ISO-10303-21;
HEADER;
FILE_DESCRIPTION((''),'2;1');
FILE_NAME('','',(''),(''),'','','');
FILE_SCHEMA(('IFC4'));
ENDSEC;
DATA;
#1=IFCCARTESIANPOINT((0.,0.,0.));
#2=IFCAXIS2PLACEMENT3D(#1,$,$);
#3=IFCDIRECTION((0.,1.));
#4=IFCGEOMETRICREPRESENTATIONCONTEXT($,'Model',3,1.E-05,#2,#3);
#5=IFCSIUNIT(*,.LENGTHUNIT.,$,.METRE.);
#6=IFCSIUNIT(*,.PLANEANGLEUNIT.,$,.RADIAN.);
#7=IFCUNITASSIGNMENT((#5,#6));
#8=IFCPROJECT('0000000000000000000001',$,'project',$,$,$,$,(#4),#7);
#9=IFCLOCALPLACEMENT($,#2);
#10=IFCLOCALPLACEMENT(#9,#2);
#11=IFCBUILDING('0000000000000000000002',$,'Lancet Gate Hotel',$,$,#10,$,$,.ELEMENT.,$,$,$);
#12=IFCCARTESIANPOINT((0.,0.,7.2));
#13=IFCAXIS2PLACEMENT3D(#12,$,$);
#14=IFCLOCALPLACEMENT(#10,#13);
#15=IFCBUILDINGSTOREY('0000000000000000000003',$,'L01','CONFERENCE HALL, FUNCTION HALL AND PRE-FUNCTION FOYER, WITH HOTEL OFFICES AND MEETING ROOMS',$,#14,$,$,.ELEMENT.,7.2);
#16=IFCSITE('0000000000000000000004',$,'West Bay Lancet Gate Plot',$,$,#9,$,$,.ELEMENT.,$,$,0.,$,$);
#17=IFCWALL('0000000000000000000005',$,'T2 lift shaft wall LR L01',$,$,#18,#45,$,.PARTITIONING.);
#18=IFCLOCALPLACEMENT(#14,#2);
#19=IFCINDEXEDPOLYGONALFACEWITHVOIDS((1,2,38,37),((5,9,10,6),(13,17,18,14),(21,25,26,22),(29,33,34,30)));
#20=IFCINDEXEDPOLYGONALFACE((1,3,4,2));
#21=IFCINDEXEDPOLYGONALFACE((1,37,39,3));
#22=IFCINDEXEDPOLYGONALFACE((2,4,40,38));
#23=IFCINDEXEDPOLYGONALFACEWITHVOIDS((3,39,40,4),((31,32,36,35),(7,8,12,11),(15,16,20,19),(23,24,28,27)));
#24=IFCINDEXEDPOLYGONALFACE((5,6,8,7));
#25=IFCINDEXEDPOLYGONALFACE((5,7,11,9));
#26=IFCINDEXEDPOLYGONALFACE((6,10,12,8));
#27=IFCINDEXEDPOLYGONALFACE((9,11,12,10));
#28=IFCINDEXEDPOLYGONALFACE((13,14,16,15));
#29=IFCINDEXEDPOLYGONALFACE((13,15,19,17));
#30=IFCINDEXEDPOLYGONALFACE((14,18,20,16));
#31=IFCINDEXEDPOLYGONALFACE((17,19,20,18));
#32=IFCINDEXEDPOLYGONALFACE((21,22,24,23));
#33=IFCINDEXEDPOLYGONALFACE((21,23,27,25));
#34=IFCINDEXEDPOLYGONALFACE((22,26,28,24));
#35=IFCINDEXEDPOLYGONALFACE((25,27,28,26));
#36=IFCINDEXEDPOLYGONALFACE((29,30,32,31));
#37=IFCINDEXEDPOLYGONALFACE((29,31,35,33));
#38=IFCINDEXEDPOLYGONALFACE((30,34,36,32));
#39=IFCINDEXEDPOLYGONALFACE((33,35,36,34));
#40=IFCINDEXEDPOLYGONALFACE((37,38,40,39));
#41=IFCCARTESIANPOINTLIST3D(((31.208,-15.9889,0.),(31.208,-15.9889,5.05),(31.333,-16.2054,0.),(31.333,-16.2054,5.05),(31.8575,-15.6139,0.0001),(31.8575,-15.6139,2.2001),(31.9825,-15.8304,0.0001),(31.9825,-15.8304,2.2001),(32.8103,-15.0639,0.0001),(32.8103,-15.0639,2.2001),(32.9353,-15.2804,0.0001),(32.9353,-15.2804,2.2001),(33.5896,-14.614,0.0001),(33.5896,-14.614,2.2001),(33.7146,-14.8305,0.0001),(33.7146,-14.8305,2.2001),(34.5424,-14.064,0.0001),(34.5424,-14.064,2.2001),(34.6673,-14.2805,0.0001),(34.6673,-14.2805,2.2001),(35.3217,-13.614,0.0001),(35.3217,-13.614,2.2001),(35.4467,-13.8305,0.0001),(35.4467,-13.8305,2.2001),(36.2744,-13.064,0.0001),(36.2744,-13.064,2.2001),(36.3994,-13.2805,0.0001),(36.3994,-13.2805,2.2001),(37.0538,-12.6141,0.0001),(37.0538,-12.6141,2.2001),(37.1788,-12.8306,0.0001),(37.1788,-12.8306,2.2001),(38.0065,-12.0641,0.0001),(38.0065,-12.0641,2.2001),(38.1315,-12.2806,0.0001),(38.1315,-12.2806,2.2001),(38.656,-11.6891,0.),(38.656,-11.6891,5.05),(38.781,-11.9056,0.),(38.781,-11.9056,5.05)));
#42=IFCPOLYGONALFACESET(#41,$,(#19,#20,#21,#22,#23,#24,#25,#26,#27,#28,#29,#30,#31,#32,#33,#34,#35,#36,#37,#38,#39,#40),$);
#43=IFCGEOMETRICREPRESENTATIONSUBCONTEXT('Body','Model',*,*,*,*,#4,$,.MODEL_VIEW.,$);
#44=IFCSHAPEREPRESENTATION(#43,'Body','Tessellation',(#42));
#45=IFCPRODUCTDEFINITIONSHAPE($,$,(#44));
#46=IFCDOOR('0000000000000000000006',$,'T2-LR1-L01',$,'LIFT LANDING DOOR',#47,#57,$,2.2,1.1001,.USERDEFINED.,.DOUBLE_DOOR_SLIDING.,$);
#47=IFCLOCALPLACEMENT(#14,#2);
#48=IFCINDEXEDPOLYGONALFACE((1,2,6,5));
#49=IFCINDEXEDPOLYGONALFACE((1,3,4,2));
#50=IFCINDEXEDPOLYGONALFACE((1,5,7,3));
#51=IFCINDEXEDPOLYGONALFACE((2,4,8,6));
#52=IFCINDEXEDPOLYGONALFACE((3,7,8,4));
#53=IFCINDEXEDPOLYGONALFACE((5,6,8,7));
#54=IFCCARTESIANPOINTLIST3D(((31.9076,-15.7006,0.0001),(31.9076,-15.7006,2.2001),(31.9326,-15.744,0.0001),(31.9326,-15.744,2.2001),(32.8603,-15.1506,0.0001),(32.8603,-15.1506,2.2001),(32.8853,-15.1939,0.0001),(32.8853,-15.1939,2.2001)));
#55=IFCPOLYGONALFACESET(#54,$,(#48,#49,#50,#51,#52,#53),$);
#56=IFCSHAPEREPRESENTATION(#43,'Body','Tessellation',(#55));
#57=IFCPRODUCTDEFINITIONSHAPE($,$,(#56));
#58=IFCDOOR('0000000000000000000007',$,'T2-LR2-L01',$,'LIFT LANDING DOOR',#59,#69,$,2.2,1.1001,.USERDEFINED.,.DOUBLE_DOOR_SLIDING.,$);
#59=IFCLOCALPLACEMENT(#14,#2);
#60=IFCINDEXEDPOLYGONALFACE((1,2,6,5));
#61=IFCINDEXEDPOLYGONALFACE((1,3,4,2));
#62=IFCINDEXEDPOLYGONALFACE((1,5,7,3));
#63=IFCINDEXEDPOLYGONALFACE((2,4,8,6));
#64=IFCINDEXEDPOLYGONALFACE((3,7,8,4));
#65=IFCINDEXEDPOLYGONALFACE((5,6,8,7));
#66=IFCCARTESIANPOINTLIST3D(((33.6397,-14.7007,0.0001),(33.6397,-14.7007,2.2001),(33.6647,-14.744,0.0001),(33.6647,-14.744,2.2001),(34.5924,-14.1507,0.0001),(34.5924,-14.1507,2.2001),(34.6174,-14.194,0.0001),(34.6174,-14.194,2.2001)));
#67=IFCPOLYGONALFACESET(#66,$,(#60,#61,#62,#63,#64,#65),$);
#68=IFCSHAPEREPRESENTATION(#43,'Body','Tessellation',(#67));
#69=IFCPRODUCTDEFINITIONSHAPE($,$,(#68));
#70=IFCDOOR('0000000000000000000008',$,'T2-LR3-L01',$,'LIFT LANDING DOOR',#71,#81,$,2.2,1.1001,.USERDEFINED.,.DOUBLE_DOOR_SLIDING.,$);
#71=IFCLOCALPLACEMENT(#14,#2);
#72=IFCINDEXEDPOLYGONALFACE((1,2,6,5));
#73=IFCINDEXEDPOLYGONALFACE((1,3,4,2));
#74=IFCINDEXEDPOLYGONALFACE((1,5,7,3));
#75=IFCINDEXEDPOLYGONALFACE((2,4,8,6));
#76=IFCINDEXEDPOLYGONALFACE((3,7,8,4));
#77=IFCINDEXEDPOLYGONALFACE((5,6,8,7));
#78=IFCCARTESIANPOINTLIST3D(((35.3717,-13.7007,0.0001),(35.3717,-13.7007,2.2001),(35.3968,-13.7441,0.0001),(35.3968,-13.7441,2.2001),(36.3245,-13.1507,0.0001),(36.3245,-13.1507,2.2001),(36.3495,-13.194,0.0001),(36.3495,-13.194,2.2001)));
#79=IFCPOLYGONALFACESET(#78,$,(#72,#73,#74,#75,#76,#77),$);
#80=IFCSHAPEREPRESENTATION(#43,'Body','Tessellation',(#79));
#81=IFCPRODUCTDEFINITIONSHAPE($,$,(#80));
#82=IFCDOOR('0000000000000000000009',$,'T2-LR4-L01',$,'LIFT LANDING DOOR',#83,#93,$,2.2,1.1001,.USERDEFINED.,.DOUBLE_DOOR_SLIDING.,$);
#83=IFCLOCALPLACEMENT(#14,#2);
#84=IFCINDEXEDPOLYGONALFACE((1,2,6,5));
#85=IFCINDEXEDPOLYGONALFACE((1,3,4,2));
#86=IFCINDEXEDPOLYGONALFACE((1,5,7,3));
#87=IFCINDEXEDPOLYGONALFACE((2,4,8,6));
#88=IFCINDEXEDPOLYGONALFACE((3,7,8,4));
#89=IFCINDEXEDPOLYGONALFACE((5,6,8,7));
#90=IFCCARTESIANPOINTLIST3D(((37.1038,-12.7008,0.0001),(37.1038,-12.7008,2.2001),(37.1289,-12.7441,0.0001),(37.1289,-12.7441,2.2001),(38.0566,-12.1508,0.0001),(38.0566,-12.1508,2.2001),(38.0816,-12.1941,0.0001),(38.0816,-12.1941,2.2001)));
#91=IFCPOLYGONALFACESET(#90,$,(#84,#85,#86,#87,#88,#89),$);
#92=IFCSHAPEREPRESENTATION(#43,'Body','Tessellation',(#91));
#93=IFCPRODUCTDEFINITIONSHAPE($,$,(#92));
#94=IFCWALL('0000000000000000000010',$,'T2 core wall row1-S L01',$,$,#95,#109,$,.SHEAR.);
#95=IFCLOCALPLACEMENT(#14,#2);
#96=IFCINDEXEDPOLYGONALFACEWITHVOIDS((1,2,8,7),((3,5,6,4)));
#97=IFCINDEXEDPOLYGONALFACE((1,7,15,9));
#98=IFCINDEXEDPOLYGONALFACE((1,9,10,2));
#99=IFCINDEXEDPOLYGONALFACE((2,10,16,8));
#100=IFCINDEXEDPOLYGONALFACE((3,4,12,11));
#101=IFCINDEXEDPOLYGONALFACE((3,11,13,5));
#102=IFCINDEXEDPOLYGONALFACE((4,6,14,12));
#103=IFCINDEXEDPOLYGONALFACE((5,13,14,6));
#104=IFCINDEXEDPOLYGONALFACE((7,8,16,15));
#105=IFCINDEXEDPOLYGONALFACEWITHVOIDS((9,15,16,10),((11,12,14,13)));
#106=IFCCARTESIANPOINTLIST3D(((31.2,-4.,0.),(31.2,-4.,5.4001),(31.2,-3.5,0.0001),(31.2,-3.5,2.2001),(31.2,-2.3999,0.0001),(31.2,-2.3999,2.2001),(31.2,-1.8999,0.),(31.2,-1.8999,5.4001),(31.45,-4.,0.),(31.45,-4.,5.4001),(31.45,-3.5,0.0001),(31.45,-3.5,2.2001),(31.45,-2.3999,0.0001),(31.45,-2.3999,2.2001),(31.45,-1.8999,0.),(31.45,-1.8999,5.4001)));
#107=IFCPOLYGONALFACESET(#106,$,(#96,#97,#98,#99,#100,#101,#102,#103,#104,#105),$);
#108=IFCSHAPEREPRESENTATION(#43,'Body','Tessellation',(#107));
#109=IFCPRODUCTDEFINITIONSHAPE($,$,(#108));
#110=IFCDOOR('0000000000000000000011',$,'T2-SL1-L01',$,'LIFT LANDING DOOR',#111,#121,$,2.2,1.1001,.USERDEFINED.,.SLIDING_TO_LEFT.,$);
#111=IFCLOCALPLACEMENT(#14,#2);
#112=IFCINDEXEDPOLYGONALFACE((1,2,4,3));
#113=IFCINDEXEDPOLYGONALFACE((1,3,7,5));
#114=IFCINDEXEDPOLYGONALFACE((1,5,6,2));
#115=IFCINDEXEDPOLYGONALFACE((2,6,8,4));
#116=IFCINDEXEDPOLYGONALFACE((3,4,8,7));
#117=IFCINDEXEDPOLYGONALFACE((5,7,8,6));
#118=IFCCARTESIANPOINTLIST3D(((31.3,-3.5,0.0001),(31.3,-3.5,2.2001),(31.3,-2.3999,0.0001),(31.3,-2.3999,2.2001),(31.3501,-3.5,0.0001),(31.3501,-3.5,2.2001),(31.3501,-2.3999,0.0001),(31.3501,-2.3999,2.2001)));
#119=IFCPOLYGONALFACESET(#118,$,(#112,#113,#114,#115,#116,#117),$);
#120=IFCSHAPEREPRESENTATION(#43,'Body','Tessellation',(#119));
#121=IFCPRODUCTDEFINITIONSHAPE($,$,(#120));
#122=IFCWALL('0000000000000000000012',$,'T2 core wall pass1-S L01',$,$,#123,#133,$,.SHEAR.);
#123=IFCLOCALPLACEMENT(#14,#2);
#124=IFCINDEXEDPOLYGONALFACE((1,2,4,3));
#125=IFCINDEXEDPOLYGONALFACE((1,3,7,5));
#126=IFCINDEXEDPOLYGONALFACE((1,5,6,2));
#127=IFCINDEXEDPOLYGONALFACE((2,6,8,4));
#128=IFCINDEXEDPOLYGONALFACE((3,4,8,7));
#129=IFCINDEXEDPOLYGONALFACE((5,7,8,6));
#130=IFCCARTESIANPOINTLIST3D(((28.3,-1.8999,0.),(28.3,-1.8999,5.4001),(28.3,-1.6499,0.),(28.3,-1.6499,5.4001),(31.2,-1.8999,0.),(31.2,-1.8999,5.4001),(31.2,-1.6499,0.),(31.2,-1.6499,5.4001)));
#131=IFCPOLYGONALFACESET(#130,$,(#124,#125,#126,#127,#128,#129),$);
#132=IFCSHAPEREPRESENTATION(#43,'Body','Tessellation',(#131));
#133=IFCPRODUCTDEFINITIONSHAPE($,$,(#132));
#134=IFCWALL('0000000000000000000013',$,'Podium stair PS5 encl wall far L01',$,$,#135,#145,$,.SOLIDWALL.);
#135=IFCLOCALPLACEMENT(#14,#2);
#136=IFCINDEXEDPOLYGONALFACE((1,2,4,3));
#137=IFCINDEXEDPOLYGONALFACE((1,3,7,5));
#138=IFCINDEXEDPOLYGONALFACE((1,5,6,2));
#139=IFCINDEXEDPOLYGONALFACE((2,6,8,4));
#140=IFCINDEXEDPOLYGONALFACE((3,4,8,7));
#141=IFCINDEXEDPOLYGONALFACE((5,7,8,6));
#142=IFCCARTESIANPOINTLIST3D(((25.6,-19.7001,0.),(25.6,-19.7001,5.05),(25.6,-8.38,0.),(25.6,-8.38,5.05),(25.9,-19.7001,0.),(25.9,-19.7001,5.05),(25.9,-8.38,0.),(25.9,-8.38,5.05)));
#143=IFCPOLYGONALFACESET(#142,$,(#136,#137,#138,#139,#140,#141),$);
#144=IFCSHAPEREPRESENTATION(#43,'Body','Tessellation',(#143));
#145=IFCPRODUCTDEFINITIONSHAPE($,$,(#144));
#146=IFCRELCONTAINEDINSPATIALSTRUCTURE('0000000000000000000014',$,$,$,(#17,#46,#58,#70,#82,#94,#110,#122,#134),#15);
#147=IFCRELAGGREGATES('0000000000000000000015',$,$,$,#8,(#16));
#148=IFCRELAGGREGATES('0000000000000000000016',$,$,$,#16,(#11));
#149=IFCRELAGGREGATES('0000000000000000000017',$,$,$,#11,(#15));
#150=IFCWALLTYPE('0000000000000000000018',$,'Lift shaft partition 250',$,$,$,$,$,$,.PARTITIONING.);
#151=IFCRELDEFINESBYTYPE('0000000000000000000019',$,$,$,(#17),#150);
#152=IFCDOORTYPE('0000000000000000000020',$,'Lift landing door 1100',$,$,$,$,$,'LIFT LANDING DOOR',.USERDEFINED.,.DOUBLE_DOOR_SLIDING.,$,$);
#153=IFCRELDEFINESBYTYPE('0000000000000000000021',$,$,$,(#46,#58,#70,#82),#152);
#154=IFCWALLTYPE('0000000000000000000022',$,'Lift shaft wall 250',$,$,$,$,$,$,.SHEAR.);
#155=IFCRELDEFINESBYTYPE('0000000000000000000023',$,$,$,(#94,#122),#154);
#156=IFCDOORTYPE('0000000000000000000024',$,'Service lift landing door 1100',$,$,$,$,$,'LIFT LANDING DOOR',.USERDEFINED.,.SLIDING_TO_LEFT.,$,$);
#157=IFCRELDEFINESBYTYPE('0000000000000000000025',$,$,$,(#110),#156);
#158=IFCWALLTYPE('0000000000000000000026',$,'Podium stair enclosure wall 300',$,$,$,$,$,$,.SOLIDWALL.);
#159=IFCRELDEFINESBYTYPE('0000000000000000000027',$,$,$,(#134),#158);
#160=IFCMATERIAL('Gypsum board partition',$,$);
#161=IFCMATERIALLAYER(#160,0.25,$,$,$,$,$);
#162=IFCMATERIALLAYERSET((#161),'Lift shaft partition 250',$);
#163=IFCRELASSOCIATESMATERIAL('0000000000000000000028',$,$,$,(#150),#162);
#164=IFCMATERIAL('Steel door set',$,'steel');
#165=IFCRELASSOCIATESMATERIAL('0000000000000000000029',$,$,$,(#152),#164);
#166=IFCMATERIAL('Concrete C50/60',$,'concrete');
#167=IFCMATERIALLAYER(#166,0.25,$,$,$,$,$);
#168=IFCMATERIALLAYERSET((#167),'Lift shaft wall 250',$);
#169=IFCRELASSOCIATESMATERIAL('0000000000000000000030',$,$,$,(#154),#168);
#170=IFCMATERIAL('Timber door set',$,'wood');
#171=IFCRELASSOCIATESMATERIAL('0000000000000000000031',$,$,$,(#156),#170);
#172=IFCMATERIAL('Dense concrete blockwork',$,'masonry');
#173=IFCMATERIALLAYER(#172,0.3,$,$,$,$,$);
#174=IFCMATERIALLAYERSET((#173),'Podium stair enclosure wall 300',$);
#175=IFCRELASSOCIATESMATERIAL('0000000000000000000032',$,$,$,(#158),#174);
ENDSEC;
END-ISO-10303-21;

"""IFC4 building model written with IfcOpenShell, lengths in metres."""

from ifc_helpers import new_model, si_unit, direction, frame, frame_2d, origin, place, context, subcontext, project, spatial, rectangle, extrude, material, layer, layer_set, type_object, element, fill, save


model = new_model("IFC4")

# Units and contexts
model_context = context("Model", 3, precision=1e-05, world=origin(), true_north=direction((0.0, 1.0)))
body_context = subcontext(model_context, "Body", "Model", "MODEL_VIEW")
ifc_project = project(units=[si_unit("LENGTHUNIT", "METRE"), si_unit("PLANEANGLEUNIT", "RADIAN")], contexts=[model_context])

# Site, building, storey
site_placement = place(None, origin())
site = spatial("IfcSite", under=ifc_project, at=site_placement, Name="West Bay Lancet Gate Plot", CompositionType="ELEMENT", RefElevation=0.0)
building_placement = place(site_placement, origin())
building = spatial("IfcBuilding", under=site, at=building_placement, Name="Lancet Gate Hotel", CompositionType="ELEMENT")
storey_placement = place(building_placement, frame((0.0, 0.0, 7.2)))
storey = spatial("IfcBuildingStorey", under=building, at=storey_placement, Name="L01", Description="CONFERENCE HALL, FUNCTION HALL AND PRE-FUNCTION FOYER, WITH HOTEL OFFICES AND MEETING ROOMS", CompositionType="ELEMENT", Elevation=7.2)

# Wall, openings, doors
ifc_material_1 = material(Name="Gypsum board partition")
ifc_layer_1 = layer(ifc_material_1, 0.25)
ifc_layer_set_1 = layer_set([ifc_layer_1], Name="Lift shaft partition 250")
wall_type_1 = type_object("IfcWallType", Name="Lift shaft partition 250", PredefinedType="PARTITIONING", material=ifc_layer_set_1)
wall_1_placement = place(storey_placement, frame((31.2705, -16.0972, 0.0), z_axis=(0.0, 0.0, 1.0), x_axis=(0.86604, 0.499974, 0.0)))
wall_1 = element("IfcWall", 1, at=wall_1_placement, inside=storey, type_object=wall_type_1, Name="T2 lift shaft wall LR L01", PredefinedType="PARTITIONING", context=body_context, shape_type="SweptSolid", body=[
    extrude(rectangle(XDim=8.6001, YDim=0.25, at=frame_2d((4.3, 0.0))), origin(), (0.0, 0.0, 1.0), 5.05),
])
opening_1_placement = place(wall_1_placement, frame((0.75, 0.0, 0.0)))
opening_1 = element("IfcOpeningElement", 2, at=opening_1_placement, cuts=wall_1, PredefinedType="OPENING", context=body_context, shape_type="SweptSolid", body=[
    extrude(rectangle(XDim=1.1001, YDim=2.2, at=frame_2d((0.55, 1.1001))), frame((0.0, 0.135, 0.0), z_axis=(0.0, -1.0, 0.0), x_axis=(1.0, 0.0, 0.0)), (0.0, 0.0, 1.0), 0.27),
])
opening_2_placement = place(wall_1_placement, frame((2.75, 0.0, 0.0)))
opening_2 = element("IfcOpeningElement", 3, at=opening_2_placement, cuts=wall_1, PredefinedType="OPENING", context=body_context, shape_type="SweptSolid", body=[
    extrude(rectangle(XDim=1.1001, YDim=2.2, at=frame_2d((0.55, 1.1001))), frame((0.0, 0.135, 0.0), z_axis=(0.0, -1.0, 0.0), x_axis=(1.0, 0.0, 0.0)), (0.0, 0.0, 1.0), 0.27),
])
opening_3_placement = place(wall_1_placement, frame((4.75, 0.0, 0.0)))
opening_3 = element("IfcOpeningElement", 4, at=opening_3_placement, cuts=wall_1, PredefinedType="OPENING", context=body_context, shape_type="SweptSolid", body=[
    extrude(rectangle(XDim=1.1001, YDim=2.2, at=frame_2d((0.55, 1.1001))), frame((0.0, 0.135, 0.0), z_axis=(0.0, -1.0, 0.0), x_axis=(1.0, 0.0, 0.0)), (0.0, 0.0, 1.0), 0.27),
])
opening_4_placement = place(wall_1_placement, frame((6.75, 0.0, 0.0)))
opening_4 = element("IfcOpeningElement", 5, at=opening_4_placement, cuts=wall_1, PredefinedType="OPENING", context=body_context, shape_type="SweptSolid", body=[
    extrude(rectangle(XDim=1.1001, YDim=2.2, at=frame_2d((0.55, 1.1001))), frame((0.0, 0.135, 0.0), z_axis=(0.0, -1.0, 0.0), x_axis=(1.0, 0.0, 0.0)), (0.0, 0.0, 1.0), 0.27),
])
ifc_material_2 = material(Name="Steel door set", Category="steel")
door_type_1 = type_object("IfcDoorType", Name="Lift landing door 1100", ElementType="LIFT LANDING DOOR", OperationType="DOUBLE_DOOR_SLIDING", PredefinedType="USERDEFINED", material=ifc_material_2)
door_1_placement = place(opening_1_placement, origin())
door_1 = element("IfcDoor", 6, at=door_1_placement, inside=storey, type_object=door_type_1, Name="T2-LR1-L01", ObjectType="LIFT LANDING DOOR", OperationType="DOUBLE_DOOR_SLIDING", OverallHeight=2.2, OverallWidth=1.1001, PredefinedType="USERDEFINED", context=body_context, shape_type="SweptSolid", body=[
    extrude(rectangle(XDim=1.1001, YDim=2.2, at=frame_2d((0.55, 1.1001))), frame((0.0, 0.0249, 0.0), z_axis=(0.0, -1.0, 0.0), x_axis=(1.0, 0.0, 0.0)), (0.0, 0.0, 1.0), 0.05),
])
fill(opening_1, door_1)
door_2_placement = place(opening_2_placement, origin())
door_2 = element("IfcDoor", 7, at=door_2_placement, inside=storey, type_object=door_type_1, Name="T2-LR2-L01", ObjectType="LIFT LANDING DOOR", OperationType="DOUBLE_DOOR_SLIDING", OverallHeight=2.2, OverallWidth=1.1001, PredefinedType="USERDEFINED", context=body_context, shape_type="SweptSolid", body=[
    extrude(rectangle(XDim=1.1001, YDim=2.2, at=frame_2d((0.55, 1.1001))), frame((0.0, 0.0249, 0.0), z_axis=(0.0, -1.0, 0.0), x_axis=(1.0, 0.0, 0.0)), (0.0, 0.0, 1.0), 0.05),
])
fill(opening_2, door_2)
door_3_placement = place(opening_3_placement, origin())
door_3 = element("IfcDoor", 8, at=door_3_placement, inside=storey, type_object=door_type_1, Name="T2-LR3-L01", ObjectType="LIFT LANDING DOOR", OperationType="DOUBLE_DOOR_SLIDING", OverallHeight=2.2, OverallWidth=1.1001, PredefinedType="USERDEFINED", context=body_context, shape_type="SweptSolid", body=[
    extrude(rectangle(XDim=1.1001, YDim=2.2, at=frame_2d((0.55, 1.1001))), frame((0.0, 0.0249, 0.0), z_axis=(0.0, -1.0, 0.0), x_axis=(1.0, 0.0, 0.0)), (0.0, 0.0, 1.0), 0.05),
])
fill(opening_3, door_3)
door_4_placement = place(opening_4_placement, origin())
door_4 = element("IfcDoor", 9, at=door_4_placement, inside=storey, type_object=door_type_1, Name="T2-LR4-L01", ObjectType="LIFT LANDING DOOR", OperationType="DOUBLE_DOOR_SLIDING", OverallHeight=2.2, OverallWidth=1.1001, PredefinedType="USERDEFINED", context=body_context, shape_type="SweptSolid", body=[
    extrude(rectangle(XDim=1.1001, YDim=2.2, at=frame_2d((0.55, 1.1001))), frame((0.0, 0.0249, 0.0), z_axis=(0.0, -1.0, 0.0), x_axis=(1.0, 0.0, 0.0)), (0.0, 0.0, 1.0), 0.05),
])
fill(opening_4, door_4)

# Wall, opening, door
ifc_material_3 = material(Name="Concrete C50/60", Category="concrete")
ifc_layer_2 = layer(ifc_material_3, 0.25)
ifc_layer_set_2 = layer_set([ifc_layer_2], Name="Lift shaft wall 250")
wall_type_2 = type_object("IfcWallType", Name="Lift shaft wall 250", PredefinedType="SHEAR", material=ifc_layer_set_2)
wall_2_placement = place(storey_placement, frame((31.325, -4.0, 0.0), z_axis=(0.0, 0.0, 1.0), x_axis=(0.0, 1.0, 0.0)))
wall_2 = element("IfcWall", 10, at=wall_2_placement, inside=storey, type_object=wall_type_2, Name="T2 core wall row1-S L01", PredefinedType="SHEAR", context=body_context, shape_type="SweptSolid", body=[
    extrude(rectangle(XDim=2.1001, YDim=0.25, at=frame_2d((1.05, 0.0))), origin(), (0.0, 0.0, 1.0), 5.4001),
])
opening_5_placement = place(wall_2_placement, frame((0.5, 0.0, 0.0)))
opening_5 = element("IfcOpeningElement", 11, at=opening_5_placement, cuts=wall_2, PredefinedType="OPENING", context=body_context, shape_type="SweptSolid", body=[
    extrude(rectangle(XDim=1.1001, YDim=2.2, at=frame_2d((0.55, 1.1001))), frame((0.0, 0.135, 0.0), z_axis=(0.0, -1.0, 0.0), x_axis=(1.0, 0.0, 0.0)), (0.0, 0.0, 1.0), 0.27),
])
ifc_material_4 = material(Name="Timber door set", Category="wood")
door_type_2 = type_object("IfcDoorType", Name="Service lift landing door 1100", ElementType="LIFT LANDING DOOR", OperationType="SLIDING_TO_LEFT", PredefinedType="USERDEFINED", material=ifc_material_4)
door_5_placement = place(opening_5_placement, origin())
door_5 = element("IfcDoor", 12, at=door_5_placement, inside=storey, type_object=door_type_2, Name="T2-SL1-L01", ObjectType="LIFT LANDING DOOR", OperationType="SLIDING_TO_LEFT", OverallHeight=2.2, OverallWidth=1.1001, PredefinedType="USERDEFINED", context=body_context, shape_type="SweptSolid", body=[
    extrude(rectangle(XDim=1.1001, YDim=2.2, at=frame_2d((0.55, 1.1001))), frame((0.0, 0.0249, 0.0), z_axis=(0.0, -1.0, 0.0), x_axis=(1.0, 0.0, 0.0)), (0.0, 0.0, 1.0), 0.05),
])
fill(opening_5, door_5)

# Walls
wall_3_placement = place(storey_placement, frame((28.3, -1.7749, 0.0), z_axis=(0.0, 0.0, 1.0), x_axis=(1.0, 0.0, 0.0)))
element("IfcWall", 13, at=wall_3_placement, inside=storey, type_object=wall_type_2, Name="T2 core wall pass1-S L01", PredefinedType="SHEAR", context=body_context, shape_type="SweptSolid", body=[
    extrude(rectangle(XDim=2.8999, YDim=0.25, at=frame_2d((1.45, 0.0))), origin(), (0.0, 0.0, 1.0), 5.4001),
])
ifc_material_5 = material(Name="Dense concrete blockwork", Category="masonry")
ifc_layer_3 = layer(ifc_material_5, 0.3)
ifc_layer_set_3 = layer_set([ifc_layer_3], Name="Podium stair enclosure wall 300")
wall_type_3 = type_object("IfcWallType", Name="Podium stair enclosure wall 300", PredefinedType="SOLIDWALL", material=ifc_layer_set_3)
wall_4_placement = place(storey_placement, frame((25.75, -8.3799, 0.0), z_axis=(0.0, 0.0, 1.0), x_axis=(0.0, -1.0, 0.0)))
element("IfcWall", 14, at=wall_4_placement, inside=storey, type_object=wall_type_3, Name="Podium stair PS5 encl wall far L01", PredefinedType="SOLIDWALL", context=body_context, shape_type="SweptSolid", body=[
    extrude(rectangle(XDim=11.3201, YDim=0.3, at=frame_2d((5.6602, 0.0))), origin(), (0.0, 0.0, 1.0), 5.05),
])

save(model, "model.ifc")
